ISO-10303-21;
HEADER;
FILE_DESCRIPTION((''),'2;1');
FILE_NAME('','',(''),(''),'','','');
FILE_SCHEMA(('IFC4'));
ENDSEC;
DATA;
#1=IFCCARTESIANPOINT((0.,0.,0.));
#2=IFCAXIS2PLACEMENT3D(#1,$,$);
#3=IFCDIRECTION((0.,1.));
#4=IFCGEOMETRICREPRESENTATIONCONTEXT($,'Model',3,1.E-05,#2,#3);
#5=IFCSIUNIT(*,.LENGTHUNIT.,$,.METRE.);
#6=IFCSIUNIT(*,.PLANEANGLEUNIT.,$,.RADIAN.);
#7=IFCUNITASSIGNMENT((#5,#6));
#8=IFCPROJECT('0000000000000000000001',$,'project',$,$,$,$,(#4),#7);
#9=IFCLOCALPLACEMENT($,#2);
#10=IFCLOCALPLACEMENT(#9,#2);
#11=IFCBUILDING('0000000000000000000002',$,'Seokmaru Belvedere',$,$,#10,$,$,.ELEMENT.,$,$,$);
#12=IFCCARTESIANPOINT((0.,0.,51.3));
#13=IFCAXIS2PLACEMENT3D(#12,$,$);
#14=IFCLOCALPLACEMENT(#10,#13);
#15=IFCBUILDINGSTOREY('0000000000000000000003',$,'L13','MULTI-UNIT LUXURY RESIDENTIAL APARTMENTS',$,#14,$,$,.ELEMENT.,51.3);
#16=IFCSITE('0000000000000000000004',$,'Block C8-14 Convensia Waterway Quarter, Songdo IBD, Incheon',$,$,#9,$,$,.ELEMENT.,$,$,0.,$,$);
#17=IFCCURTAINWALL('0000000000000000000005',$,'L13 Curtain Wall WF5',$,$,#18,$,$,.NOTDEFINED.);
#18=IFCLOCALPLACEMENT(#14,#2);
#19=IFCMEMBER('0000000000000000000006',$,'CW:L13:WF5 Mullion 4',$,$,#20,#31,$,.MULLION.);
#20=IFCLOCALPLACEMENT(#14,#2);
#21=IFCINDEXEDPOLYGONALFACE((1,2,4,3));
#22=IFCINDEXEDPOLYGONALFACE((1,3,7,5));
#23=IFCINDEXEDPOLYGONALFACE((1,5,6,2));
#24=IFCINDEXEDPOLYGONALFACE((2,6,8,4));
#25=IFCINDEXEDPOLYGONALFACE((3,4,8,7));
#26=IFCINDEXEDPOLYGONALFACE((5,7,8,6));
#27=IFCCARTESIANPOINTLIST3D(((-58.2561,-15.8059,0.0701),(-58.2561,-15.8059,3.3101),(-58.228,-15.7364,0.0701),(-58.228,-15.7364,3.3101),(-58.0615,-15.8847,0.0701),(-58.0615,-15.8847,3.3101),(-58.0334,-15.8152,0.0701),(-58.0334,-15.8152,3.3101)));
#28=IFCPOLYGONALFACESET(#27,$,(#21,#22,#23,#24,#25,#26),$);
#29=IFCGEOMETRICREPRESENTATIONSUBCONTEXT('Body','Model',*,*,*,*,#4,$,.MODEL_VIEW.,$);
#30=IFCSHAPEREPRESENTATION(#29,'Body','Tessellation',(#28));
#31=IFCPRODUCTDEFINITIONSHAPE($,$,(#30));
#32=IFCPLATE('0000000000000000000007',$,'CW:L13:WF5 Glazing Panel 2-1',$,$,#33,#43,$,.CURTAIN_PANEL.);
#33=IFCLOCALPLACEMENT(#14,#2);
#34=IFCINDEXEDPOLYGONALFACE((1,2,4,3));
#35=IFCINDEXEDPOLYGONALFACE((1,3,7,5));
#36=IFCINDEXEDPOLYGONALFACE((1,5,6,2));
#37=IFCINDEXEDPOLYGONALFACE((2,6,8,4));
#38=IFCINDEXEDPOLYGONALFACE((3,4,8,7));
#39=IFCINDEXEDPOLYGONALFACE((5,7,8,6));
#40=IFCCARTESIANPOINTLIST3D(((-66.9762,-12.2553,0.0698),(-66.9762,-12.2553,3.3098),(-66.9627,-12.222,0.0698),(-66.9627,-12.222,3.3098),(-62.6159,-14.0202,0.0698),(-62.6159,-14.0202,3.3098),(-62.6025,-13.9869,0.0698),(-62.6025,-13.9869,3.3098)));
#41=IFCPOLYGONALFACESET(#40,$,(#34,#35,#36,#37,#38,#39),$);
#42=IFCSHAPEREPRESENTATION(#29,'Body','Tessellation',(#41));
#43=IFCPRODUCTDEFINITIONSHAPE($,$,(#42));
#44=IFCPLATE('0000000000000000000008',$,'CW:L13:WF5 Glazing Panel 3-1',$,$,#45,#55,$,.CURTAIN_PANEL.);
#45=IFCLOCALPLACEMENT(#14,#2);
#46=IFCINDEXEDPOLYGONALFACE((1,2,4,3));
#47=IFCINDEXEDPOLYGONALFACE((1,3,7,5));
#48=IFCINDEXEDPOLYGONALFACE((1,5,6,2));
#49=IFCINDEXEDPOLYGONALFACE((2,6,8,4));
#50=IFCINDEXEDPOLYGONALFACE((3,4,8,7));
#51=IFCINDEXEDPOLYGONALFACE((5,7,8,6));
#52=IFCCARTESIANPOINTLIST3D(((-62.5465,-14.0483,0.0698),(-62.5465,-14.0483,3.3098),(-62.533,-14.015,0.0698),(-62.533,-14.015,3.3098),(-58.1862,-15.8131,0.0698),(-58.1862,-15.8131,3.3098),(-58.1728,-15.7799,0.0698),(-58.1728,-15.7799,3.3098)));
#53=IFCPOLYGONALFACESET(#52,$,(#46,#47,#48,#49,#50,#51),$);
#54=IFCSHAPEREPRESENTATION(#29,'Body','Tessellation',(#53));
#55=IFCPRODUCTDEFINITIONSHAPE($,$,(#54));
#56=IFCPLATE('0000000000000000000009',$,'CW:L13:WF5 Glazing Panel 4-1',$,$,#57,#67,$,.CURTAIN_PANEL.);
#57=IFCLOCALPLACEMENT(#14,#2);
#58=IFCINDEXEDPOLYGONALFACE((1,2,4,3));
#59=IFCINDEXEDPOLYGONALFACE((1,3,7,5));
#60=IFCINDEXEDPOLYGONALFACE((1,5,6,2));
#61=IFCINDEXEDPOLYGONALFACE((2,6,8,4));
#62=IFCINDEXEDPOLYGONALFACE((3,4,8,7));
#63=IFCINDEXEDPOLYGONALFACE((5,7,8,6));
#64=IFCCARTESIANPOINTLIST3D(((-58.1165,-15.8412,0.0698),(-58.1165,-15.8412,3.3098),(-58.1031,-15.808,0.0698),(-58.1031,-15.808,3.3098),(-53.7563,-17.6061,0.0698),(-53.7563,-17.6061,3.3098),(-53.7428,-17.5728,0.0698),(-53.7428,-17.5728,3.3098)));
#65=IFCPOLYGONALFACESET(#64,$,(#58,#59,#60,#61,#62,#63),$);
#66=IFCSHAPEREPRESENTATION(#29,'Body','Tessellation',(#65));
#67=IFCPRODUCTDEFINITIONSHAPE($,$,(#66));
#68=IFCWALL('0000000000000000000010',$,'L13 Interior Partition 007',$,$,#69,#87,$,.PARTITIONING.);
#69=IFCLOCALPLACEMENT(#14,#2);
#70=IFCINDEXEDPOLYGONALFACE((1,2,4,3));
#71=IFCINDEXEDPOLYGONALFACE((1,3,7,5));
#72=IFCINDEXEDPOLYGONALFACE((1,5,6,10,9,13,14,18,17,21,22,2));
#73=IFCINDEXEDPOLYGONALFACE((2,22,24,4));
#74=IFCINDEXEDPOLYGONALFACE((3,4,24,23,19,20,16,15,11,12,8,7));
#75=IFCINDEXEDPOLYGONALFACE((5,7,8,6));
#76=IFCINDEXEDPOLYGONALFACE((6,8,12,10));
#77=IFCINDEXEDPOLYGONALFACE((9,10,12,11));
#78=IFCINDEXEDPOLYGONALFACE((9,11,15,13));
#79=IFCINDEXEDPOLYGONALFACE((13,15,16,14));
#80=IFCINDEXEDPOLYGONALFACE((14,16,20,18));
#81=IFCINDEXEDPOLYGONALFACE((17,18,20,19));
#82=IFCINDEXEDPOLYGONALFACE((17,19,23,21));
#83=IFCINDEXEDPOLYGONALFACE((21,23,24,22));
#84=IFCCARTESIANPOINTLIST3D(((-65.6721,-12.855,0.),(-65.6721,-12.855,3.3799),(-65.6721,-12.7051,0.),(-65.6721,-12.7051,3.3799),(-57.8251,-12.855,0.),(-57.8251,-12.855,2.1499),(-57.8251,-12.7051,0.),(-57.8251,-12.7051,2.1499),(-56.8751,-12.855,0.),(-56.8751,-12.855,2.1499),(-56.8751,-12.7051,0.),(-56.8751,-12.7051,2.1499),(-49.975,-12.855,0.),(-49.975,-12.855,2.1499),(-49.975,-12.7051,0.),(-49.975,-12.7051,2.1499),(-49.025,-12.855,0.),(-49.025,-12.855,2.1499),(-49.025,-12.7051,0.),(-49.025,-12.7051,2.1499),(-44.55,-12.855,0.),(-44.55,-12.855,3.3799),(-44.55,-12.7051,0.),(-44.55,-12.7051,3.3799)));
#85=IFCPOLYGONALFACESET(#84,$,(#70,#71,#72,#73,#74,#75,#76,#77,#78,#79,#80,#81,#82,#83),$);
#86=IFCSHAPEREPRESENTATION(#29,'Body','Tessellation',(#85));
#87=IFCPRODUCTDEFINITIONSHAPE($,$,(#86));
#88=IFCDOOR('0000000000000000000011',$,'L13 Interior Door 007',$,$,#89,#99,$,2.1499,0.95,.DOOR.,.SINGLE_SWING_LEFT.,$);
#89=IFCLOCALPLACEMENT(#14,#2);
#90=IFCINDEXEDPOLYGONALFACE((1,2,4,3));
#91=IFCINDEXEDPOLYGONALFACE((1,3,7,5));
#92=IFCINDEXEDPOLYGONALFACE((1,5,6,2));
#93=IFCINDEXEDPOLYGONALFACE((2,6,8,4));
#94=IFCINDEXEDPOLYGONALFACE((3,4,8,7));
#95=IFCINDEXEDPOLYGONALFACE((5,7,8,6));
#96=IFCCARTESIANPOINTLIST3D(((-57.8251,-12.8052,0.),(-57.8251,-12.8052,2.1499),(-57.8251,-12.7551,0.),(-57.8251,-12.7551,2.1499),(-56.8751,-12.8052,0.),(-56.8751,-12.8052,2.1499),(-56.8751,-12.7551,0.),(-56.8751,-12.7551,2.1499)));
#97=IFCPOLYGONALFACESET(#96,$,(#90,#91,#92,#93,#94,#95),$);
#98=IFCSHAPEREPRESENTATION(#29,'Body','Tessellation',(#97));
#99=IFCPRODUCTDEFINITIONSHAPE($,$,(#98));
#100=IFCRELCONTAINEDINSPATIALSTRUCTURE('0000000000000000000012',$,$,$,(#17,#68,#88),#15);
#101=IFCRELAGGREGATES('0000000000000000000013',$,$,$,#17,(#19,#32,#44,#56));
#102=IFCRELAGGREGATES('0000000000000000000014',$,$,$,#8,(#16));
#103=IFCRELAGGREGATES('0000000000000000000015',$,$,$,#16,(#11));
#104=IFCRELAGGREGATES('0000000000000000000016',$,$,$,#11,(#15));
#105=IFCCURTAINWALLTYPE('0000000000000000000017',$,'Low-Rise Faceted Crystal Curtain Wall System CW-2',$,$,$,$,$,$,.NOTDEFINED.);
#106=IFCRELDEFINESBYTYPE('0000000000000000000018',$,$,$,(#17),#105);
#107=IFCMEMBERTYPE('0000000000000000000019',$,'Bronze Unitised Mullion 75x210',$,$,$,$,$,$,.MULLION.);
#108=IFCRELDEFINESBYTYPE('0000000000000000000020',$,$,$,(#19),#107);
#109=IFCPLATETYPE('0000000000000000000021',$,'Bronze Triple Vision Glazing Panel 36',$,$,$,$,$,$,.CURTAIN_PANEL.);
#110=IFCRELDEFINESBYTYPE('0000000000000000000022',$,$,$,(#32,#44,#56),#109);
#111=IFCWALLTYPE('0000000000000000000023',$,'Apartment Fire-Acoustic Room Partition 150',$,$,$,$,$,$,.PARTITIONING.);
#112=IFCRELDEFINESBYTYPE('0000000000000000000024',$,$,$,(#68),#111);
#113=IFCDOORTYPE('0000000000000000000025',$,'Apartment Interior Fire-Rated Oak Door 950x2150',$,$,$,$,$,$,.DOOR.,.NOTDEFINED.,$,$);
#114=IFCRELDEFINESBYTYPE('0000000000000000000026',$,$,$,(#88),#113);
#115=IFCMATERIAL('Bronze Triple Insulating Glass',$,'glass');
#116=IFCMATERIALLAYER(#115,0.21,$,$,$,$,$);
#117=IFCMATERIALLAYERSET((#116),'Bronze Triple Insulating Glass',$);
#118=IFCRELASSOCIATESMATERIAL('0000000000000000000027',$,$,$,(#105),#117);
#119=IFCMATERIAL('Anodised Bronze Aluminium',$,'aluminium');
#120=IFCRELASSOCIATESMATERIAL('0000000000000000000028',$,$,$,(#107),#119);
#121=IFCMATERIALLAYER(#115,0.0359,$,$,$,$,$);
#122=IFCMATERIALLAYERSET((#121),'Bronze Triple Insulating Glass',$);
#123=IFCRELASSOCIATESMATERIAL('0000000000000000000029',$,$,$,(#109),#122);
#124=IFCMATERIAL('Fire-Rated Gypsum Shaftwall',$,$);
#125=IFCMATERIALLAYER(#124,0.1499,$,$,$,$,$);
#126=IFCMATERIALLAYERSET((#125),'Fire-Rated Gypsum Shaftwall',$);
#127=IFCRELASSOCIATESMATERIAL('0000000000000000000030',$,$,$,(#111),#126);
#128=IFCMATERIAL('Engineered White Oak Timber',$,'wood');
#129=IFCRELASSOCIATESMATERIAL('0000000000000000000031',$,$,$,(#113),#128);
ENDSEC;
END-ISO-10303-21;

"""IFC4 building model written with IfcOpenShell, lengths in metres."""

from ifc_helpers import new_model, si_unit, direction, frame, frame_2d, origin, origin_2d, place, context, subcontext, project, spatial, rectangle, extrude, source, transform, mapped, material, layer, layer_set, material_profile, profile_set, type_object, type_shapes, element, fill, aggregate, save


model = new_model("IFC4")

# Units and contexts
model_context = context("Model", 3, precision=1e-05, world=origin(), true_north=direction((0.0, 1.0)))
body_context = subcontext(model_context, "Body", "Model", "MODEL_VIEW")
ifc_project = project(units=[si_unit("LENGTHUNIT", "METRE"), si_unit("PLANEANGLEUNIT", "RADIAN")], contexts=[model_context])

# Site, building, storey
site_placement = place(None, origin())
site = spatial("IfcSite", under=ifc_project, at=site_placement, Name="Block C8-14 Convensia Waterway Quarter, Songdo IBD, Incheon", CompositionType="ELEMENT", RefElevation=0.0)
building_placement = place(site_placement, origin())
building = spatial("IfcBuilding", under=site, at=building_placement, Name="Seokmaru Belvedere", CompositionType="ELEMENT")
storey_placement = place(building_placement, frame((0.0, 0.0, 51.3)))
storey = spatial("IfcBuildingStorey", under=building, at=storey_placement, Name="L13", Description="MULTI-UNIT LUXURY RESIDENTIAL APARTMENTS", CompositionType="ELEMENT", Elevation=51.3)

# Curtain wall, member, plates
ifc_material_1 = material(Name="Bronze Triple Insulating Glass", Category="glass")
ifc_layer_1 = layer(ifc_material_1, 0.21)
ifc_layer_set_1 = layer_set([ifc_layer_1], Name="Bronze Triple Insulating Glass")
curtain_wall_type = type_object("IfcCurtainWallType", Name="Low-Rise Faceted Crystal Curtain Wall System CW-2", PredefinedType="NOTDEFINED", material=ifc_layer_set_1)
curtain_wall_placement = place(storey_placement, origin())
curtain_wall = element("IfcCurtainWall", 1, at=curtain_wall_placement, inside=storey, type_object=curtain_wall_type, Name="L13 Curtain Wall WF5", PredefinedType="NOTDEFINED")
ifc_material_2 = material(Name="Anodised Bronze Aluminium", Category="aluminium")
ifc_material_profile_1 = material_profile(ifc_material_2, rectangle(XDim=0.075, YDim=0.21, at=origin_2d()), Name="CW-M-75x210")
ifc_profile_set_1 = profile_set([ifc_material_profile_1], Name="Anodised Bronze Aluminium")
member_type = type_object("IfcMemberType", Name="Bronze Unitised Mullion 75x210", PredefinedType="MULLION", material=ifc_profile_set_1)
shared_shape_1 = source(origin(), body_context, "Body", "SweptSolid", [
    extrude(rectangle(XDim=0.075, YDim=0.21, at=origin_2d()), origin(), (0.0, 0.0, 1.0), 3.24),
])
type_shapes(member_type, [shared_shape_1])
member_1_placement = place(storey_placement, frame((-58.1448, -15.8105, 0.0701), z_axis=(0.0, 0.0, 1.0), x_axis=(0.375192, 0.926947, 0.0)))
member_1 = element("IfcMember", 2, at=member_1_placement, type_object=member_type, Name="CW:L13:WF5 Mullion 4", PredefinedType="MULLION", context=body_context, shape_type="MappedRepresentation", body=[
    mapped(shared_shape_1, transform((0.0, 0.0, 0.0), scale=1.0)),
])
ifc_layer_2 = layer(ifc_material_1, 0.0359)
ifc_layer_set_2 = layer_set([ifc_layer_2], Name="Bronze Triple Insulating Glass")
plate_type = type_object("IfcPlateType", Name="Bronze Triple Vision Glazing Panel 36", PredefinedType="CURTAIN_PANEL", material=ifc_layer_set_2)
shared_shape_2 = source(origin(), body_context, "Body", "SweptSolid", [
    extrude(rectangle(XDim=4.7039, YDim=0.0359, at=origin_2d()), origin(), (0.0, 0.0, 1.0), 3.24),
])
type_shapes(plate_type, [shared_shape_2])
plate_1_placement = place(storey_placement, frame((-64.7893, -13.1211, 0.0698), z_axis=(0.0, 0.0, 1.0), x_axis=(0.926947, -0.375192, 0.0)))
plate_1 = element("IfcPlate", 3, at=plate_1_placement, type_object=plate_type, Name="CW:L13:WF5 Glazing Panel 2-1", PredefinedType="CURTAIN_PANEL", context=body_context, shape_type="MappedRepresentation", body=[
    mapped(shared_shape_2, transform((0.0, 0.0, 0.0), scale=1.0)),
])
plate_2_placement = place(storey_placement, frame((-60.3596, -14.9141, 0.0698), z_axis=(0.0, 0.0, 1.0), x_axis=(0.926947, -0.375192, 0.0)))
plate_2 = element("IfcPlate", 4, at=plate_2_placement, type_object=plate_type, Name="CW:L13:WF5 Glazing Panel 3-1", PredefinedType="CURTAIN_PANEL", context=body_context, shape_type="MappedRepresentation", body=[
    mapped(shared_shape_2, transform((0.0, 0.0, 0.0), scale=1.0)),
])
plate_3_placement = place(storey_placement, frame((-55.9297, -16.707, 0.0698), z_axis=(0.0, 0.0, 1.0), x_axis=(0.926947, -0.375192, 0.0)))
plate_3 = element("IfcPlate", 5, at=plate_3_placement, type_object=plate_type, Name="CW:L13:WF5 Glazing Panel 4-1", PredefinedType="CURTAIN_PANEL", context=body_context, shape_type="MappedRepresentation", body=[
    mapped(shared_shape_2, transform((0.0, 0.0, 0.0), scale=1.0)),
])
aggregate(curtain_wall, [member_1, plate_1, plate_2, plate_3])

# Wall, openings, door
ifc_material_3 = material(Name="Fire-Rated Gypsum Shaftwall")
ifc_layer_3 = layer(ifc_material_3, 0.1499)
ifc_layer_set_3 = layer_set([ifc_layer_3], Name="Fire-Rated Gypsum Shaftwall")
wall_type = type_object("IfcWallType", Name="Apartment Fire-Acoustic Room Partition 150", PredefinedType="PARTITIONING", material=ifc_layer_set_3)
wall_1_placement = place(storey_placement, frame((-65.6721, -12.78, 0.0), z_axis=(0.0, 0.0, 1.0), x_axis=(1.0, 0.0, 0.0)))
wall_1 = element("IfcWall", 6, at=wall_1_placement, inside=storey, type_object=wall_type, Name="L13 Interior Partition 007", PredefinedType="PARTITIONING", context=body_context, shape_type="SweptSolid", body=[
    extrude(rectangle(XDim=21.1221, YDim=0.1499, at=frame_2d((10.561, 0.0))), origin(), (0.0, 0.0, 1.0), 3.3799),
])
opening_1_placement = place(wall_1_placement, frame((15.697, 0.0, 0.0)))
element("IfcOpeningElement", 7, at=opening_1_placement, cuts=wall_1, PredefinedType="OPENING", context=body_context, shape_type="SweptSolid", body=[
    extrude(rectangle(XDim=0.95, YDim=2.1499, at=frame_2d((0.4751, 1.075))), frame((0.0, 0.085, 0.0), z_axis=(0.0, -1.0, 0.0), x_axis=(1.0, 0.0, 0.0)), (0.0, 0.0, 1.0), 0.1699),
])
opening_2_placement = place(wall_1_placement, frame((7.8469, 0.0, 0.0)))
opening_2 = element("IfcOpeningElement", 8, at=opening_2_placement, cuts=wall_1, PredefinedType="OPENING", context=body_context, shape_type="SweptSolid", body=[
    extrude(rectangle(XDim=0.95, YDim=2.1499, at=frame_2d((0.4751, 1.075))), frame((0.0, 0.085, 0.0), z_axis=(0.0, -1.0, 0.0), x_axis=(1.0, 0.0, 0.0)), (0.0, 0.0, 1.0), 0.1699),
])
ifc_material_4 = material(Name="Engineered White Oak Timber", Category="wood")
door_type = type_object("IfcDoorType", Name="Apartment Interior Fire-Rated Oak Door 950x2150", OperationType="NOTDEFINED", PredefinedType="DOOR", material=ifc_material_4)
shared_shape_3 = source(origin(), body_context, "Body", "SweptSolid", [
    extrude(rectangle(XDim=0.95, YDim=2.1499, at=frame_2d((0.4751, 1.075))), frame((0.0, 0.0249, 0.0), z_axis=(0.0, -1.0, 0.0), x_axis=(1.0, 0.0, 0.0)), (0.0, 0.0, 1.0), 0.05),
])
type_shapes(door_type, [shared_shape_3])
door_1_placement = place(opening_2_placement, origin())
door_1 = element("IfcDoor", 9, at=door_1_placement, inside=storey, type_object=door_type, Name="L13 Interior Door 007", OperationType="SINGLE_SWING_LEFT", OverallHeight=2.1499, OverallWidth=0.95, PredefinedType="DOOR", context=body_context, shape_type="MappedRepresentation", body=[
    mapped(shared_shape_3, transform((0.0, 0.0, 0.0), scale=1.0)),
])
fill(opening_2, door_1)

save(model, "model.ifc")
